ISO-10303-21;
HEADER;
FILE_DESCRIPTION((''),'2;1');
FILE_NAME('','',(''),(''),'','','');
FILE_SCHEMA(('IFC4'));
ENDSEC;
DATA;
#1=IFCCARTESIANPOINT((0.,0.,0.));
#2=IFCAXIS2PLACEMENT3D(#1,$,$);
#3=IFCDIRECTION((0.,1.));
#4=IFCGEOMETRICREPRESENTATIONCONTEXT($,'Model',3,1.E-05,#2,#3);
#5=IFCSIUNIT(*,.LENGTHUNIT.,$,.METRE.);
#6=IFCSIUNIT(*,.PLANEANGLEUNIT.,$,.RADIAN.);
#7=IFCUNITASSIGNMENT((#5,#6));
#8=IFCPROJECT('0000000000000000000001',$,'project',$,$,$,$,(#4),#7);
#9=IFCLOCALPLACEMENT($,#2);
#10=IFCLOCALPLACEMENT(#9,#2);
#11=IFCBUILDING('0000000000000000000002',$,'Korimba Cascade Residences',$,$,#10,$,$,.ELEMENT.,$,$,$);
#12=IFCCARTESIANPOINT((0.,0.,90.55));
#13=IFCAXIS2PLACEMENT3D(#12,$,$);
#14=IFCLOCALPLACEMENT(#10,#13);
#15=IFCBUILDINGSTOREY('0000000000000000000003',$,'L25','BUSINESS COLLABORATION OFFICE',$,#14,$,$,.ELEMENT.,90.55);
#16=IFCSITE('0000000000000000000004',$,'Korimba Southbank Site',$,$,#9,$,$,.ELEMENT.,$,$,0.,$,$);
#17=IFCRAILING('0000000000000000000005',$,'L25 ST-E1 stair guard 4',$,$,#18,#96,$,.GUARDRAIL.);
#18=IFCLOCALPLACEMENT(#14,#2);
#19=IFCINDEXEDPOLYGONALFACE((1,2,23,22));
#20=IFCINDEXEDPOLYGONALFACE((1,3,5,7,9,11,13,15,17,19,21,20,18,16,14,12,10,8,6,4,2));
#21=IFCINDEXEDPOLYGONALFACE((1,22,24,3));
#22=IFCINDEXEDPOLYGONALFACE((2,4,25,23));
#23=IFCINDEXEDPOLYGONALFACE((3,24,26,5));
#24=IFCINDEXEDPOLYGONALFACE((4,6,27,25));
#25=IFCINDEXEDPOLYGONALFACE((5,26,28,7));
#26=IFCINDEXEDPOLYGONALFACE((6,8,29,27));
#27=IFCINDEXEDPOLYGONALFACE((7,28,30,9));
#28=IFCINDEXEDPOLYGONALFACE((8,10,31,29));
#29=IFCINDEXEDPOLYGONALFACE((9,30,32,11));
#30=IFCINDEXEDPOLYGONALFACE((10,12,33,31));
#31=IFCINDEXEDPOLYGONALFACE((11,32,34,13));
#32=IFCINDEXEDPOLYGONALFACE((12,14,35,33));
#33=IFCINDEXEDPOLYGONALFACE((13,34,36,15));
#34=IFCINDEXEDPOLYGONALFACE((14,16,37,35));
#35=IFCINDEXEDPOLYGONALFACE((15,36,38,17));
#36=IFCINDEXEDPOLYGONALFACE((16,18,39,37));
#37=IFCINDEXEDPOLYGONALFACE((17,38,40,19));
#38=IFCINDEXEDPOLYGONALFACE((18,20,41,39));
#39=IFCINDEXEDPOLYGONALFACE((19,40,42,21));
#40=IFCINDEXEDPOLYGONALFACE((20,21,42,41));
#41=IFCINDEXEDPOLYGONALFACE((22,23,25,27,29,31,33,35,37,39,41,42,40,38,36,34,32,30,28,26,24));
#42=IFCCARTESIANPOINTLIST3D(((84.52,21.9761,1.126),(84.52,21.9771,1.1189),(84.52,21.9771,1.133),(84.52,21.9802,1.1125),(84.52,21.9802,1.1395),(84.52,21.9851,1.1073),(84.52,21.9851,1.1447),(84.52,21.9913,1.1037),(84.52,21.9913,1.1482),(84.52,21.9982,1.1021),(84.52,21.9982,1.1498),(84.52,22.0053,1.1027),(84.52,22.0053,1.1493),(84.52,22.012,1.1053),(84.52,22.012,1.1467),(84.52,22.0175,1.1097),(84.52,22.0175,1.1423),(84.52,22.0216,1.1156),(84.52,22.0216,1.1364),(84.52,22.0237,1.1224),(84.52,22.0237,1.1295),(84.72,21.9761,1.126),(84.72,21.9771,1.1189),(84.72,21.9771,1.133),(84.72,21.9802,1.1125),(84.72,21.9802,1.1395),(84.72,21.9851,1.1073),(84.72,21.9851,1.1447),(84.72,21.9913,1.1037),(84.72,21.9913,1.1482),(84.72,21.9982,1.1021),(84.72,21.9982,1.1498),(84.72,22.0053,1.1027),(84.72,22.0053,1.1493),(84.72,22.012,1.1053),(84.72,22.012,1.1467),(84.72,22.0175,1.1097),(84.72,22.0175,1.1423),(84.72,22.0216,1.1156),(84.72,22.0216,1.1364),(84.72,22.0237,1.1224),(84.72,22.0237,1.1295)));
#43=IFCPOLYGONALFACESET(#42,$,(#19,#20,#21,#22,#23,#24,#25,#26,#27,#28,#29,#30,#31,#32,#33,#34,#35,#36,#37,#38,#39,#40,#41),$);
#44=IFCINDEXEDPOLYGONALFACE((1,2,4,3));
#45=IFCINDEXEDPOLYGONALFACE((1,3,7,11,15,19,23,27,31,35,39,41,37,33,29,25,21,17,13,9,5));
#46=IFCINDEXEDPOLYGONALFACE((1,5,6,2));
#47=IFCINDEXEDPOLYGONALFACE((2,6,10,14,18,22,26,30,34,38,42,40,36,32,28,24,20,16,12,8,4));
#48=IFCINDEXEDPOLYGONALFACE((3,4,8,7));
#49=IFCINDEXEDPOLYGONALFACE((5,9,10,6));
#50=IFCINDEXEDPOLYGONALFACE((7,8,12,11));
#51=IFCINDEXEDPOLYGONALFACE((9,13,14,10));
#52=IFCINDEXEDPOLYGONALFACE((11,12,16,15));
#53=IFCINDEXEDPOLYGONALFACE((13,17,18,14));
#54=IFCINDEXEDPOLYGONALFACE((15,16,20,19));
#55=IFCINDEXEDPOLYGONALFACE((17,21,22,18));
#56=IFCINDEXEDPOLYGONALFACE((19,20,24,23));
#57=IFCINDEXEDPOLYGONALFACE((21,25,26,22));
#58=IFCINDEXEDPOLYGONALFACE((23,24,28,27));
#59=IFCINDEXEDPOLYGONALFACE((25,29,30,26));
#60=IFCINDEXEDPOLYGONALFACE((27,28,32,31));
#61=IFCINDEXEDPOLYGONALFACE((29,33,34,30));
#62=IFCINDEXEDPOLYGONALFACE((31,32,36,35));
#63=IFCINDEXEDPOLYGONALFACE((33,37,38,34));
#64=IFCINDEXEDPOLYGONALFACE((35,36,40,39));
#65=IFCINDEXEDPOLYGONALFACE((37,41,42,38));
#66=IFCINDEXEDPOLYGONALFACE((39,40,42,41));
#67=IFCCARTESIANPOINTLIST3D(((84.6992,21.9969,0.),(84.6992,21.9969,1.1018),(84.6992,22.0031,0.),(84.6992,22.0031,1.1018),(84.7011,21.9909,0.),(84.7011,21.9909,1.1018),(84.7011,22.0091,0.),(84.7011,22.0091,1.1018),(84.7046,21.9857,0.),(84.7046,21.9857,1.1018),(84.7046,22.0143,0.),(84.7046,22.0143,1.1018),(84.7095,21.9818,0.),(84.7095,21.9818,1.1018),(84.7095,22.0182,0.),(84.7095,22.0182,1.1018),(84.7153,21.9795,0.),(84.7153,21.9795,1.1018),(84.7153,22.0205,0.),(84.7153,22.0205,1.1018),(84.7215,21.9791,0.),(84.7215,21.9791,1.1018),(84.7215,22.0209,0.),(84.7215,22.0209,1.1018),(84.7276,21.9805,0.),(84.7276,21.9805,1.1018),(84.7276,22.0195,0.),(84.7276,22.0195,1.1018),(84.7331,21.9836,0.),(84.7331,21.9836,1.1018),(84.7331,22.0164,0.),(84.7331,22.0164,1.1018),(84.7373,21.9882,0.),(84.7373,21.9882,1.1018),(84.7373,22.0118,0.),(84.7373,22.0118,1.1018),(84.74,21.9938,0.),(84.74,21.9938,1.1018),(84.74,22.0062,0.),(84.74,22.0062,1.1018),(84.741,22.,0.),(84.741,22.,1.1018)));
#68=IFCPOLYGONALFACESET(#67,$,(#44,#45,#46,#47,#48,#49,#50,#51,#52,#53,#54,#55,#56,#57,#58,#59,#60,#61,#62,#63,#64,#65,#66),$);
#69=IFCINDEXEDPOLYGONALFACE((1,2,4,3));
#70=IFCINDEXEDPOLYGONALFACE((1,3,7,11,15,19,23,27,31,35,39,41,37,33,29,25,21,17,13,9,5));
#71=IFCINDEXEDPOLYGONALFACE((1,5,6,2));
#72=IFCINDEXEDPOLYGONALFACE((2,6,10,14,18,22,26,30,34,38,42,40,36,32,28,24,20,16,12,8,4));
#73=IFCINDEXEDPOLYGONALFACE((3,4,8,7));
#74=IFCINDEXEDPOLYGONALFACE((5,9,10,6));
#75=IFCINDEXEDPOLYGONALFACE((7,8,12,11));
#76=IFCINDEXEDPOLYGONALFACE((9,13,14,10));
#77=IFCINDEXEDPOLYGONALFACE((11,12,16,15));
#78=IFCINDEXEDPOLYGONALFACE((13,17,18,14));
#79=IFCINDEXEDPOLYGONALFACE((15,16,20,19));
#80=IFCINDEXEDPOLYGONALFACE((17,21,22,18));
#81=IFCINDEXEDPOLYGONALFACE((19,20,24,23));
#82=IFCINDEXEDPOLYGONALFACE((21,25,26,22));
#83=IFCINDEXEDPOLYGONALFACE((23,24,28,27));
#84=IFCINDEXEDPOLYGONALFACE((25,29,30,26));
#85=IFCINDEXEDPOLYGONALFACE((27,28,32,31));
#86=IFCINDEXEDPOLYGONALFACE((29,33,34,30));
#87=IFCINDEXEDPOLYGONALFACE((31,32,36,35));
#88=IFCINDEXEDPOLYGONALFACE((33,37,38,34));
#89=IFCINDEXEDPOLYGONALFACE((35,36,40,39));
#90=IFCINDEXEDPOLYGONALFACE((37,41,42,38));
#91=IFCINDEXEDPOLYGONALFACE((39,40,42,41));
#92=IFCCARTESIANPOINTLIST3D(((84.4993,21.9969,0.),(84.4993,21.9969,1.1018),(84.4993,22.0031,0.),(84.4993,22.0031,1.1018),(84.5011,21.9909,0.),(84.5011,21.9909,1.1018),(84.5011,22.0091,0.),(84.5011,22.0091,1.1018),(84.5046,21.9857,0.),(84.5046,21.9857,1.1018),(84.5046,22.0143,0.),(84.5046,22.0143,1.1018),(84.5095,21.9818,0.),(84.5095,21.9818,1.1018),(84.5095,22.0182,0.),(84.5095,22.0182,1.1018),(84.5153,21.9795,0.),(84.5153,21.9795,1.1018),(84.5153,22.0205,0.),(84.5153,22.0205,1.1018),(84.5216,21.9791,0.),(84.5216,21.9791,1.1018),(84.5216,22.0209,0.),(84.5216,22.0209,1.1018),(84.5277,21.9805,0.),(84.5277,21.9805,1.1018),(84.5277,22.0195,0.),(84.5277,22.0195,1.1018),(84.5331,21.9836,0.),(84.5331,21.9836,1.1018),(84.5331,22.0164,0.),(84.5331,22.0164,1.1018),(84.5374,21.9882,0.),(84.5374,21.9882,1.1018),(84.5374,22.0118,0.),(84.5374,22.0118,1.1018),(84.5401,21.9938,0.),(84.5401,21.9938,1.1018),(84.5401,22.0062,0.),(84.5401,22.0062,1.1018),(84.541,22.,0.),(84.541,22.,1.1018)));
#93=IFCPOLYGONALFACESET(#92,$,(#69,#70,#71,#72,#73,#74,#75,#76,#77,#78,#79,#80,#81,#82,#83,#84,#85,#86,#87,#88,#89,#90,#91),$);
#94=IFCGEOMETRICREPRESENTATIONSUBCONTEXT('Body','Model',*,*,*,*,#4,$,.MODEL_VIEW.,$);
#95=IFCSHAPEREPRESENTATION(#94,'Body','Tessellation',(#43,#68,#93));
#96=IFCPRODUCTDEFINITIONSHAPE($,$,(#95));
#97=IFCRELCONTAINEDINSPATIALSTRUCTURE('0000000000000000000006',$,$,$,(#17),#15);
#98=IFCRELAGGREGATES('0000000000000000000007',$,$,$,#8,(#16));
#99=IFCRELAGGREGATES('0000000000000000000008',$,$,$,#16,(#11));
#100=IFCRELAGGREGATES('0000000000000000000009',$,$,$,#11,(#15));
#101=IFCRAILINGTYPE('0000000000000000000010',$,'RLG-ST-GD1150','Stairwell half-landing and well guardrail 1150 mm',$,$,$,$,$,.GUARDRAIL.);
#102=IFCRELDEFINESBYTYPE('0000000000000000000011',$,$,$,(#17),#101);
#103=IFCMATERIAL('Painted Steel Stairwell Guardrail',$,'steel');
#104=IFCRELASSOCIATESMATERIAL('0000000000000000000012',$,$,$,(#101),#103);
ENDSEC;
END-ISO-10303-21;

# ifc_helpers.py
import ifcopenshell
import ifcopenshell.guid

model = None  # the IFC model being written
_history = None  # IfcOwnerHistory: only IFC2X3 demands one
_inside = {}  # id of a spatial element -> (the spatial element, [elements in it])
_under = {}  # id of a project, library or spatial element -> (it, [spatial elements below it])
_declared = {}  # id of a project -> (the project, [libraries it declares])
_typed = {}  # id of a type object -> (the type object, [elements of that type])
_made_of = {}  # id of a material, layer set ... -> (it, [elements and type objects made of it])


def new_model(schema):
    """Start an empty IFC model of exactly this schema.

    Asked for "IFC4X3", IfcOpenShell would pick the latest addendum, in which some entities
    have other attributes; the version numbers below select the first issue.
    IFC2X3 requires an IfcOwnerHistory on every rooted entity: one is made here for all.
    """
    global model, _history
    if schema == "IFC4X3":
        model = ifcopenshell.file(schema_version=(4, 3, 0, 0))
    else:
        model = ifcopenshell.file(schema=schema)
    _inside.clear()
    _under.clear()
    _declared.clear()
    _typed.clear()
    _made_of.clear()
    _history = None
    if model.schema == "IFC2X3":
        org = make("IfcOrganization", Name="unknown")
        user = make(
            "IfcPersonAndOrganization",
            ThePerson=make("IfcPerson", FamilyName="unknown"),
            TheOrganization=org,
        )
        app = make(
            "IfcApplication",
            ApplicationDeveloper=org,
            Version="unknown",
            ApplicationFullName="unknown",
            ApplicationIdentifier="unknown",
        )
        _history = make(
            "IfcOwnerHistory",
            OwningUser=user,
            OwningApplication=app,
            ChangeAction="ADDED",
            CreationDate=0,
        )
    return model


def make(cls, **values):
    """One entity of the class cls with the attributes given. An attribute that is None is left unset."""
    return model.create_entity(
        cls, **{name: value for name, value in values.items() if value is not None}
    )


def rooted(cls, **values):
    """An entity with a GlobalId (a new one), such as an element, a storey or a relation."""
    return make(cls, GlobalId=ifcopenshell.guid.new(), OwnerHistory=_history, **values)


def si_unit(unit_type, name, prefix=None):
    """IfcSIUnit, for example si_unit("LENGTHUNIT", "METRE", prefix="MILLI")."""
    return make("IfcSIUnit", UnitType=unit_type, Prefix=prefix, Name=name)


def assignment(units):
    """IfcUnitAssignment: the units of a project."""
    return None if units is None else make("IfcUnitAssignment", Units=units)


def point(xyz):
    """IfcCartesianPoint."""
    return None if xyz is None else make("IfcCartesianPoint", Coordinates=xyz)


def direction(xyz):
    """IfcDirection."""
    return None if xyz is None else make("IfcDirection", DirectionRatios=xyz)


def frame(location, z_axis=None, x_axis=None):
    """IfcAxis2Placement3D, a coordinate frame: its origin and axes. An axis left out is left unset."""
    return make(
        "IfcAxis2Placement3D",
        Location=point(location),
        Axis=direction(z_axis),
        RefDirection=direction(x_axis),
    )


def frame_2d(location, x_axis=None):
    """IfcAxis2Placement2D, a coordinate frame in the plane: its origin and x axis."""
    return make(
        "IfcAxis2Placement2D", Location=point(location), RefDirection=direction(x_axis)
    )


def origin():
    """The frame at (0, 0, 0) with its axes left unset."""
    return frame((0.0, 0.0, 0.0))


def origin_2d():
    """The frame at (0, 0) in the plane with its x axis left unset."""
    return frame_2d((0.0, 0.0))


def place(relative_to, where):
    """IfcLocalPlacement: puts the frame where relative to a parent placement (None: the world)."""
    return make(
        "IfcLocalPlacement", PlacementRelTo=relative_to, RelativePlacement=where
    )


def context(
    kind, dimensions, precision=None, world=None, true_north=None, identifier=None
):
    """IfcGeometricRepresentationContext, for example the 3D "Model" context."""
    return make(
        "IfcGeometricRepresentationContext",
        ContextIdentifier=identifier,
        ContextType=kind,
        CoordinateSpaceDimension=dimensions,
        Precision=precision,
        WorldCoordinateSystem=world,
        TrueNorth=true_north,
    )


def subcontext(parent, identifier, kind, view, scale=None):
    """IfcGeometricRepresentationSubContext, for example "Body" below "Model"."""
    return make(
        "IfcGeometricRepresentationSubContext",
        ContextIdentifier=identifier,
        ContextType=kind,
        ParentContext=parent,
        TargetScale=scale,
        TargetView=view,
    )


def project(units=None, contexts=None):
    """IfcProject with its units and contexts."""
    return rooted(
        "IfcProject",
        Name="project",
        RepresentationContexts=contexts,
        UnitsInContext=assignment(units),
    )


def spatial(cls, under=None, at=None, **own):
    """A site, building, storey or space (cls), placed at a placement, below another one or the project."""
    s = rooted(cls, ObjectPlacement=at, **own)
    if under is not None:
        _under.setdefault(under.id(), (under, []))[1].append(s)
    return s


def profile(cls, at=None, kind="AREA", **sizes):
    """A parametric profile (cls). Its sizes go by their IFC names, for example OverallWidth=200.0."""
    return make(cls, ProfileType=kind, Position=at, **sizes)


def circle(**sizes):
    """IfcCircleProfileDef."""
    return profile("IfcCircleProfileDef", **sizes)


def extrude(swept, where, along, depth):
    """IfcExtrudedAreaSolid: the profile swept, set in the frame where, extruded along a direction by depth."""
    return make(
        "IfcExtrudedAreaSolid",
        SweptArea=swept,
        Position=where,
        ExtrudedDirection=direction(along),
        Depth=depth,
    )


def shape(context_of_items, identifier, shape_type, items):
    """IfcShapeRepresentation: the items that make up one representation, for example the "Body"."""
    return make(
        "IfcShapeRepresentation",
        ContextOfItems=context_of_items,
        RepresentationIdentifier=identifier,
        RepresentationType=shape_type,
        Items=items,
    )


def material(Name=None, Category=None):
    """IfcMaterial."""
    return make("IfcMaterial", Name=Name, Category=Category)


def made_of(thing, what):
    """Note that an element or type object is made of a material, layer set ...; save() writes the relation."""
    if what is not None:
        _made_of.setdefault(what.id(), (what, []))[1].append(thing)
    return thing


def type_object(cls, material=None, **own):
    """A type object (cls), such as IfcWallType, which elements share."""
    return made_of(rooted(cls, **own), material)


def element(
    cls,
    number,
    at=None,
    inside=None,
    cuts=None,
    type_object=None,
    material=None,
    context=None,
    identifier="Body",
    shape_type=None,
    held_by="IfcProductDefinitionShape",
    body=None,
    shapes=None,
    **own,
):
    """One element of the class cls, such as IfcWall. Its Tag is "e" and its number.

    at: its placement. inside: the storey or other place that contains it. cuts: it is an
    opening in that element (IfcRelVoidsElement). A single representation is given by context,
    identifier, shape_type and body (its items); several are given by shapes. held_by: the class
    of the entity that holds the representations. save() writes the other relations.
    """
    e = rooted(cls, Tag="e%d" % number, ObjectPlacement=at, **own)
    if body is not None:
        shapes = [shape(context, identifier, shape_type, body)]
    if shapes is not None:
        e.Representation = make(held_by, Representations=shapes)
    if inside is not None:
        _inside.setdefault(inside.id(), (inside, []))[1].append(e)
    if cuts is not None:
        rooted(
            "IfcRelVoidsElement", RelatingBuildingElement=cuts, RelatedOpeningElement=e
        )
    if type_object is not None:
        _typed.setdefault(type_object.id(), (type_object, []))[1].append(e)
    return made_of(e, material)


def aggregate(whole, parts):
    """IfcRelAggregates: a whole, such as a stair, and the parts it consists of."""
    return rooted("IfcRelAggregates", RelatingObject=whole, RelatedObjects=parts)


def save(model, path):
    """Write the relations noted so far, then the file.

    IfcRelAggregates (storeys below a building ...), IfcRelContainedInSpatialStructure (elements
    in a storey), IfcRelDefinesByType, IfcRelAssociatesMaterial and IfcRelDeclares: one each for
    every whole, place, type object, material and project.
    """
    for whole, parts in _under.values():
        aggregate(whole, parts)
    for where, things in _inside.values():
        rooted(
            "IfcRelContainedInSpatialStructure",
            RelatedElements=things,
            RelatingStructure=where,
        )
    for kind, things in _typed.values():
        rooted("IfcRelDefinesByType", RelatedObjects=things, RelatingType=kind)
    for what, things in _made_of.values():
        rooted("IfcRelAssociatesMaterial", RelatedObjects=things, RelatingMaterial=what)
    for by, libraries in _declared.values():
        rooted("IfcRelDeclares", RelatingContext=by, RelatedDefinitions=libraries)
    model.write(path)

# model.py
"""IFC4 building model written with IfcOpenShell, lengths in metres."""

from ifc_helpers import new_model, si_unit, direction, frame, origin, origin_2d, place, context, subcontext, project, spatial, circle, extrude, material, type_object, element, save


model = new_model("IFC4")

# Units and contexts
model_context = context("Model", 3, precision=1e-05, world=origin(), true_north=direction((0.0, 1.0)))
body_context = subcontext(model_context, "Body", "Model", "MODEL_VIEW")
ifc_project = project(units=[si_unit("LENGTHUNIT", "METRE"), si_unit("PLANEANGLEUNIT", "RADIAN")], contexts=[model_context])

# Site, building, storey
site_placement = place(None, origin())
site = spatial("IfcSite", under=ifc_project, at=site_placement, Name="Korimba Southbank Site", CompositionType="ELEMENT", RefElevation=0.0)
building_placement = place(site_placement, origin())
building = spatial("IfcBuilding", under=site, at=building_placement, Name="Korimba Cascade Residences", CompositionType="ELEMENT")
storey_placement = place(building_placement, frame((0.0, 0.0, 90.55)))
storey = spatial("IfcBuildingStorey", under=building, at=storey_placement, Name="L25", Description="BUSINESS COLLABORATION OFFICE", CompositionType="ELEMENT", Elevation=90.55)

# Railing
ifc_material_1 = material(Name="Painted Steel Stairwell Guardrail", Category="steel")
railing_type_1 = type_object("IfcRailingType", Name="RLG-ST-GD1150", Description="Stairwell half-landing and well guardrail 1150 mm", PredefinedType="GUARDRAIL", material=ifc_material_1)
railing_1_placement = place(storey_placement, frame((84.72, 22.0, 0.0)))
element("IfcRailing", 1, at=railing_1_placement, inside=storey, type_object=railing_type_1, Name="L25 ST-E1 stair guard 4", PredefinedType="GUARDRAIL", context=body_context, shape_type="SweptSolid", body=[
    extrude(circle(Radius=0.0239, at=origin_2d()), frame((0.0, 0.0, 1.126), z_axis=(-1.0, 0.0, 0.0), x_axis=(0.0, -1.0, 0.0)), (0.0, 0.0, 1.0), 0.2),
    extrude(circle(Radius=0.021, at=origin_2d()), origin(), (0.0, 0.0, 1.0), 1.1018),
    extrude(circle(Radius=0.021, at=origin_2d()), frame((-0.2, 0.0, 0.0)), (0.0, 0.0, 1.0), 1.1018),
])

save(model, "model.ifc")
